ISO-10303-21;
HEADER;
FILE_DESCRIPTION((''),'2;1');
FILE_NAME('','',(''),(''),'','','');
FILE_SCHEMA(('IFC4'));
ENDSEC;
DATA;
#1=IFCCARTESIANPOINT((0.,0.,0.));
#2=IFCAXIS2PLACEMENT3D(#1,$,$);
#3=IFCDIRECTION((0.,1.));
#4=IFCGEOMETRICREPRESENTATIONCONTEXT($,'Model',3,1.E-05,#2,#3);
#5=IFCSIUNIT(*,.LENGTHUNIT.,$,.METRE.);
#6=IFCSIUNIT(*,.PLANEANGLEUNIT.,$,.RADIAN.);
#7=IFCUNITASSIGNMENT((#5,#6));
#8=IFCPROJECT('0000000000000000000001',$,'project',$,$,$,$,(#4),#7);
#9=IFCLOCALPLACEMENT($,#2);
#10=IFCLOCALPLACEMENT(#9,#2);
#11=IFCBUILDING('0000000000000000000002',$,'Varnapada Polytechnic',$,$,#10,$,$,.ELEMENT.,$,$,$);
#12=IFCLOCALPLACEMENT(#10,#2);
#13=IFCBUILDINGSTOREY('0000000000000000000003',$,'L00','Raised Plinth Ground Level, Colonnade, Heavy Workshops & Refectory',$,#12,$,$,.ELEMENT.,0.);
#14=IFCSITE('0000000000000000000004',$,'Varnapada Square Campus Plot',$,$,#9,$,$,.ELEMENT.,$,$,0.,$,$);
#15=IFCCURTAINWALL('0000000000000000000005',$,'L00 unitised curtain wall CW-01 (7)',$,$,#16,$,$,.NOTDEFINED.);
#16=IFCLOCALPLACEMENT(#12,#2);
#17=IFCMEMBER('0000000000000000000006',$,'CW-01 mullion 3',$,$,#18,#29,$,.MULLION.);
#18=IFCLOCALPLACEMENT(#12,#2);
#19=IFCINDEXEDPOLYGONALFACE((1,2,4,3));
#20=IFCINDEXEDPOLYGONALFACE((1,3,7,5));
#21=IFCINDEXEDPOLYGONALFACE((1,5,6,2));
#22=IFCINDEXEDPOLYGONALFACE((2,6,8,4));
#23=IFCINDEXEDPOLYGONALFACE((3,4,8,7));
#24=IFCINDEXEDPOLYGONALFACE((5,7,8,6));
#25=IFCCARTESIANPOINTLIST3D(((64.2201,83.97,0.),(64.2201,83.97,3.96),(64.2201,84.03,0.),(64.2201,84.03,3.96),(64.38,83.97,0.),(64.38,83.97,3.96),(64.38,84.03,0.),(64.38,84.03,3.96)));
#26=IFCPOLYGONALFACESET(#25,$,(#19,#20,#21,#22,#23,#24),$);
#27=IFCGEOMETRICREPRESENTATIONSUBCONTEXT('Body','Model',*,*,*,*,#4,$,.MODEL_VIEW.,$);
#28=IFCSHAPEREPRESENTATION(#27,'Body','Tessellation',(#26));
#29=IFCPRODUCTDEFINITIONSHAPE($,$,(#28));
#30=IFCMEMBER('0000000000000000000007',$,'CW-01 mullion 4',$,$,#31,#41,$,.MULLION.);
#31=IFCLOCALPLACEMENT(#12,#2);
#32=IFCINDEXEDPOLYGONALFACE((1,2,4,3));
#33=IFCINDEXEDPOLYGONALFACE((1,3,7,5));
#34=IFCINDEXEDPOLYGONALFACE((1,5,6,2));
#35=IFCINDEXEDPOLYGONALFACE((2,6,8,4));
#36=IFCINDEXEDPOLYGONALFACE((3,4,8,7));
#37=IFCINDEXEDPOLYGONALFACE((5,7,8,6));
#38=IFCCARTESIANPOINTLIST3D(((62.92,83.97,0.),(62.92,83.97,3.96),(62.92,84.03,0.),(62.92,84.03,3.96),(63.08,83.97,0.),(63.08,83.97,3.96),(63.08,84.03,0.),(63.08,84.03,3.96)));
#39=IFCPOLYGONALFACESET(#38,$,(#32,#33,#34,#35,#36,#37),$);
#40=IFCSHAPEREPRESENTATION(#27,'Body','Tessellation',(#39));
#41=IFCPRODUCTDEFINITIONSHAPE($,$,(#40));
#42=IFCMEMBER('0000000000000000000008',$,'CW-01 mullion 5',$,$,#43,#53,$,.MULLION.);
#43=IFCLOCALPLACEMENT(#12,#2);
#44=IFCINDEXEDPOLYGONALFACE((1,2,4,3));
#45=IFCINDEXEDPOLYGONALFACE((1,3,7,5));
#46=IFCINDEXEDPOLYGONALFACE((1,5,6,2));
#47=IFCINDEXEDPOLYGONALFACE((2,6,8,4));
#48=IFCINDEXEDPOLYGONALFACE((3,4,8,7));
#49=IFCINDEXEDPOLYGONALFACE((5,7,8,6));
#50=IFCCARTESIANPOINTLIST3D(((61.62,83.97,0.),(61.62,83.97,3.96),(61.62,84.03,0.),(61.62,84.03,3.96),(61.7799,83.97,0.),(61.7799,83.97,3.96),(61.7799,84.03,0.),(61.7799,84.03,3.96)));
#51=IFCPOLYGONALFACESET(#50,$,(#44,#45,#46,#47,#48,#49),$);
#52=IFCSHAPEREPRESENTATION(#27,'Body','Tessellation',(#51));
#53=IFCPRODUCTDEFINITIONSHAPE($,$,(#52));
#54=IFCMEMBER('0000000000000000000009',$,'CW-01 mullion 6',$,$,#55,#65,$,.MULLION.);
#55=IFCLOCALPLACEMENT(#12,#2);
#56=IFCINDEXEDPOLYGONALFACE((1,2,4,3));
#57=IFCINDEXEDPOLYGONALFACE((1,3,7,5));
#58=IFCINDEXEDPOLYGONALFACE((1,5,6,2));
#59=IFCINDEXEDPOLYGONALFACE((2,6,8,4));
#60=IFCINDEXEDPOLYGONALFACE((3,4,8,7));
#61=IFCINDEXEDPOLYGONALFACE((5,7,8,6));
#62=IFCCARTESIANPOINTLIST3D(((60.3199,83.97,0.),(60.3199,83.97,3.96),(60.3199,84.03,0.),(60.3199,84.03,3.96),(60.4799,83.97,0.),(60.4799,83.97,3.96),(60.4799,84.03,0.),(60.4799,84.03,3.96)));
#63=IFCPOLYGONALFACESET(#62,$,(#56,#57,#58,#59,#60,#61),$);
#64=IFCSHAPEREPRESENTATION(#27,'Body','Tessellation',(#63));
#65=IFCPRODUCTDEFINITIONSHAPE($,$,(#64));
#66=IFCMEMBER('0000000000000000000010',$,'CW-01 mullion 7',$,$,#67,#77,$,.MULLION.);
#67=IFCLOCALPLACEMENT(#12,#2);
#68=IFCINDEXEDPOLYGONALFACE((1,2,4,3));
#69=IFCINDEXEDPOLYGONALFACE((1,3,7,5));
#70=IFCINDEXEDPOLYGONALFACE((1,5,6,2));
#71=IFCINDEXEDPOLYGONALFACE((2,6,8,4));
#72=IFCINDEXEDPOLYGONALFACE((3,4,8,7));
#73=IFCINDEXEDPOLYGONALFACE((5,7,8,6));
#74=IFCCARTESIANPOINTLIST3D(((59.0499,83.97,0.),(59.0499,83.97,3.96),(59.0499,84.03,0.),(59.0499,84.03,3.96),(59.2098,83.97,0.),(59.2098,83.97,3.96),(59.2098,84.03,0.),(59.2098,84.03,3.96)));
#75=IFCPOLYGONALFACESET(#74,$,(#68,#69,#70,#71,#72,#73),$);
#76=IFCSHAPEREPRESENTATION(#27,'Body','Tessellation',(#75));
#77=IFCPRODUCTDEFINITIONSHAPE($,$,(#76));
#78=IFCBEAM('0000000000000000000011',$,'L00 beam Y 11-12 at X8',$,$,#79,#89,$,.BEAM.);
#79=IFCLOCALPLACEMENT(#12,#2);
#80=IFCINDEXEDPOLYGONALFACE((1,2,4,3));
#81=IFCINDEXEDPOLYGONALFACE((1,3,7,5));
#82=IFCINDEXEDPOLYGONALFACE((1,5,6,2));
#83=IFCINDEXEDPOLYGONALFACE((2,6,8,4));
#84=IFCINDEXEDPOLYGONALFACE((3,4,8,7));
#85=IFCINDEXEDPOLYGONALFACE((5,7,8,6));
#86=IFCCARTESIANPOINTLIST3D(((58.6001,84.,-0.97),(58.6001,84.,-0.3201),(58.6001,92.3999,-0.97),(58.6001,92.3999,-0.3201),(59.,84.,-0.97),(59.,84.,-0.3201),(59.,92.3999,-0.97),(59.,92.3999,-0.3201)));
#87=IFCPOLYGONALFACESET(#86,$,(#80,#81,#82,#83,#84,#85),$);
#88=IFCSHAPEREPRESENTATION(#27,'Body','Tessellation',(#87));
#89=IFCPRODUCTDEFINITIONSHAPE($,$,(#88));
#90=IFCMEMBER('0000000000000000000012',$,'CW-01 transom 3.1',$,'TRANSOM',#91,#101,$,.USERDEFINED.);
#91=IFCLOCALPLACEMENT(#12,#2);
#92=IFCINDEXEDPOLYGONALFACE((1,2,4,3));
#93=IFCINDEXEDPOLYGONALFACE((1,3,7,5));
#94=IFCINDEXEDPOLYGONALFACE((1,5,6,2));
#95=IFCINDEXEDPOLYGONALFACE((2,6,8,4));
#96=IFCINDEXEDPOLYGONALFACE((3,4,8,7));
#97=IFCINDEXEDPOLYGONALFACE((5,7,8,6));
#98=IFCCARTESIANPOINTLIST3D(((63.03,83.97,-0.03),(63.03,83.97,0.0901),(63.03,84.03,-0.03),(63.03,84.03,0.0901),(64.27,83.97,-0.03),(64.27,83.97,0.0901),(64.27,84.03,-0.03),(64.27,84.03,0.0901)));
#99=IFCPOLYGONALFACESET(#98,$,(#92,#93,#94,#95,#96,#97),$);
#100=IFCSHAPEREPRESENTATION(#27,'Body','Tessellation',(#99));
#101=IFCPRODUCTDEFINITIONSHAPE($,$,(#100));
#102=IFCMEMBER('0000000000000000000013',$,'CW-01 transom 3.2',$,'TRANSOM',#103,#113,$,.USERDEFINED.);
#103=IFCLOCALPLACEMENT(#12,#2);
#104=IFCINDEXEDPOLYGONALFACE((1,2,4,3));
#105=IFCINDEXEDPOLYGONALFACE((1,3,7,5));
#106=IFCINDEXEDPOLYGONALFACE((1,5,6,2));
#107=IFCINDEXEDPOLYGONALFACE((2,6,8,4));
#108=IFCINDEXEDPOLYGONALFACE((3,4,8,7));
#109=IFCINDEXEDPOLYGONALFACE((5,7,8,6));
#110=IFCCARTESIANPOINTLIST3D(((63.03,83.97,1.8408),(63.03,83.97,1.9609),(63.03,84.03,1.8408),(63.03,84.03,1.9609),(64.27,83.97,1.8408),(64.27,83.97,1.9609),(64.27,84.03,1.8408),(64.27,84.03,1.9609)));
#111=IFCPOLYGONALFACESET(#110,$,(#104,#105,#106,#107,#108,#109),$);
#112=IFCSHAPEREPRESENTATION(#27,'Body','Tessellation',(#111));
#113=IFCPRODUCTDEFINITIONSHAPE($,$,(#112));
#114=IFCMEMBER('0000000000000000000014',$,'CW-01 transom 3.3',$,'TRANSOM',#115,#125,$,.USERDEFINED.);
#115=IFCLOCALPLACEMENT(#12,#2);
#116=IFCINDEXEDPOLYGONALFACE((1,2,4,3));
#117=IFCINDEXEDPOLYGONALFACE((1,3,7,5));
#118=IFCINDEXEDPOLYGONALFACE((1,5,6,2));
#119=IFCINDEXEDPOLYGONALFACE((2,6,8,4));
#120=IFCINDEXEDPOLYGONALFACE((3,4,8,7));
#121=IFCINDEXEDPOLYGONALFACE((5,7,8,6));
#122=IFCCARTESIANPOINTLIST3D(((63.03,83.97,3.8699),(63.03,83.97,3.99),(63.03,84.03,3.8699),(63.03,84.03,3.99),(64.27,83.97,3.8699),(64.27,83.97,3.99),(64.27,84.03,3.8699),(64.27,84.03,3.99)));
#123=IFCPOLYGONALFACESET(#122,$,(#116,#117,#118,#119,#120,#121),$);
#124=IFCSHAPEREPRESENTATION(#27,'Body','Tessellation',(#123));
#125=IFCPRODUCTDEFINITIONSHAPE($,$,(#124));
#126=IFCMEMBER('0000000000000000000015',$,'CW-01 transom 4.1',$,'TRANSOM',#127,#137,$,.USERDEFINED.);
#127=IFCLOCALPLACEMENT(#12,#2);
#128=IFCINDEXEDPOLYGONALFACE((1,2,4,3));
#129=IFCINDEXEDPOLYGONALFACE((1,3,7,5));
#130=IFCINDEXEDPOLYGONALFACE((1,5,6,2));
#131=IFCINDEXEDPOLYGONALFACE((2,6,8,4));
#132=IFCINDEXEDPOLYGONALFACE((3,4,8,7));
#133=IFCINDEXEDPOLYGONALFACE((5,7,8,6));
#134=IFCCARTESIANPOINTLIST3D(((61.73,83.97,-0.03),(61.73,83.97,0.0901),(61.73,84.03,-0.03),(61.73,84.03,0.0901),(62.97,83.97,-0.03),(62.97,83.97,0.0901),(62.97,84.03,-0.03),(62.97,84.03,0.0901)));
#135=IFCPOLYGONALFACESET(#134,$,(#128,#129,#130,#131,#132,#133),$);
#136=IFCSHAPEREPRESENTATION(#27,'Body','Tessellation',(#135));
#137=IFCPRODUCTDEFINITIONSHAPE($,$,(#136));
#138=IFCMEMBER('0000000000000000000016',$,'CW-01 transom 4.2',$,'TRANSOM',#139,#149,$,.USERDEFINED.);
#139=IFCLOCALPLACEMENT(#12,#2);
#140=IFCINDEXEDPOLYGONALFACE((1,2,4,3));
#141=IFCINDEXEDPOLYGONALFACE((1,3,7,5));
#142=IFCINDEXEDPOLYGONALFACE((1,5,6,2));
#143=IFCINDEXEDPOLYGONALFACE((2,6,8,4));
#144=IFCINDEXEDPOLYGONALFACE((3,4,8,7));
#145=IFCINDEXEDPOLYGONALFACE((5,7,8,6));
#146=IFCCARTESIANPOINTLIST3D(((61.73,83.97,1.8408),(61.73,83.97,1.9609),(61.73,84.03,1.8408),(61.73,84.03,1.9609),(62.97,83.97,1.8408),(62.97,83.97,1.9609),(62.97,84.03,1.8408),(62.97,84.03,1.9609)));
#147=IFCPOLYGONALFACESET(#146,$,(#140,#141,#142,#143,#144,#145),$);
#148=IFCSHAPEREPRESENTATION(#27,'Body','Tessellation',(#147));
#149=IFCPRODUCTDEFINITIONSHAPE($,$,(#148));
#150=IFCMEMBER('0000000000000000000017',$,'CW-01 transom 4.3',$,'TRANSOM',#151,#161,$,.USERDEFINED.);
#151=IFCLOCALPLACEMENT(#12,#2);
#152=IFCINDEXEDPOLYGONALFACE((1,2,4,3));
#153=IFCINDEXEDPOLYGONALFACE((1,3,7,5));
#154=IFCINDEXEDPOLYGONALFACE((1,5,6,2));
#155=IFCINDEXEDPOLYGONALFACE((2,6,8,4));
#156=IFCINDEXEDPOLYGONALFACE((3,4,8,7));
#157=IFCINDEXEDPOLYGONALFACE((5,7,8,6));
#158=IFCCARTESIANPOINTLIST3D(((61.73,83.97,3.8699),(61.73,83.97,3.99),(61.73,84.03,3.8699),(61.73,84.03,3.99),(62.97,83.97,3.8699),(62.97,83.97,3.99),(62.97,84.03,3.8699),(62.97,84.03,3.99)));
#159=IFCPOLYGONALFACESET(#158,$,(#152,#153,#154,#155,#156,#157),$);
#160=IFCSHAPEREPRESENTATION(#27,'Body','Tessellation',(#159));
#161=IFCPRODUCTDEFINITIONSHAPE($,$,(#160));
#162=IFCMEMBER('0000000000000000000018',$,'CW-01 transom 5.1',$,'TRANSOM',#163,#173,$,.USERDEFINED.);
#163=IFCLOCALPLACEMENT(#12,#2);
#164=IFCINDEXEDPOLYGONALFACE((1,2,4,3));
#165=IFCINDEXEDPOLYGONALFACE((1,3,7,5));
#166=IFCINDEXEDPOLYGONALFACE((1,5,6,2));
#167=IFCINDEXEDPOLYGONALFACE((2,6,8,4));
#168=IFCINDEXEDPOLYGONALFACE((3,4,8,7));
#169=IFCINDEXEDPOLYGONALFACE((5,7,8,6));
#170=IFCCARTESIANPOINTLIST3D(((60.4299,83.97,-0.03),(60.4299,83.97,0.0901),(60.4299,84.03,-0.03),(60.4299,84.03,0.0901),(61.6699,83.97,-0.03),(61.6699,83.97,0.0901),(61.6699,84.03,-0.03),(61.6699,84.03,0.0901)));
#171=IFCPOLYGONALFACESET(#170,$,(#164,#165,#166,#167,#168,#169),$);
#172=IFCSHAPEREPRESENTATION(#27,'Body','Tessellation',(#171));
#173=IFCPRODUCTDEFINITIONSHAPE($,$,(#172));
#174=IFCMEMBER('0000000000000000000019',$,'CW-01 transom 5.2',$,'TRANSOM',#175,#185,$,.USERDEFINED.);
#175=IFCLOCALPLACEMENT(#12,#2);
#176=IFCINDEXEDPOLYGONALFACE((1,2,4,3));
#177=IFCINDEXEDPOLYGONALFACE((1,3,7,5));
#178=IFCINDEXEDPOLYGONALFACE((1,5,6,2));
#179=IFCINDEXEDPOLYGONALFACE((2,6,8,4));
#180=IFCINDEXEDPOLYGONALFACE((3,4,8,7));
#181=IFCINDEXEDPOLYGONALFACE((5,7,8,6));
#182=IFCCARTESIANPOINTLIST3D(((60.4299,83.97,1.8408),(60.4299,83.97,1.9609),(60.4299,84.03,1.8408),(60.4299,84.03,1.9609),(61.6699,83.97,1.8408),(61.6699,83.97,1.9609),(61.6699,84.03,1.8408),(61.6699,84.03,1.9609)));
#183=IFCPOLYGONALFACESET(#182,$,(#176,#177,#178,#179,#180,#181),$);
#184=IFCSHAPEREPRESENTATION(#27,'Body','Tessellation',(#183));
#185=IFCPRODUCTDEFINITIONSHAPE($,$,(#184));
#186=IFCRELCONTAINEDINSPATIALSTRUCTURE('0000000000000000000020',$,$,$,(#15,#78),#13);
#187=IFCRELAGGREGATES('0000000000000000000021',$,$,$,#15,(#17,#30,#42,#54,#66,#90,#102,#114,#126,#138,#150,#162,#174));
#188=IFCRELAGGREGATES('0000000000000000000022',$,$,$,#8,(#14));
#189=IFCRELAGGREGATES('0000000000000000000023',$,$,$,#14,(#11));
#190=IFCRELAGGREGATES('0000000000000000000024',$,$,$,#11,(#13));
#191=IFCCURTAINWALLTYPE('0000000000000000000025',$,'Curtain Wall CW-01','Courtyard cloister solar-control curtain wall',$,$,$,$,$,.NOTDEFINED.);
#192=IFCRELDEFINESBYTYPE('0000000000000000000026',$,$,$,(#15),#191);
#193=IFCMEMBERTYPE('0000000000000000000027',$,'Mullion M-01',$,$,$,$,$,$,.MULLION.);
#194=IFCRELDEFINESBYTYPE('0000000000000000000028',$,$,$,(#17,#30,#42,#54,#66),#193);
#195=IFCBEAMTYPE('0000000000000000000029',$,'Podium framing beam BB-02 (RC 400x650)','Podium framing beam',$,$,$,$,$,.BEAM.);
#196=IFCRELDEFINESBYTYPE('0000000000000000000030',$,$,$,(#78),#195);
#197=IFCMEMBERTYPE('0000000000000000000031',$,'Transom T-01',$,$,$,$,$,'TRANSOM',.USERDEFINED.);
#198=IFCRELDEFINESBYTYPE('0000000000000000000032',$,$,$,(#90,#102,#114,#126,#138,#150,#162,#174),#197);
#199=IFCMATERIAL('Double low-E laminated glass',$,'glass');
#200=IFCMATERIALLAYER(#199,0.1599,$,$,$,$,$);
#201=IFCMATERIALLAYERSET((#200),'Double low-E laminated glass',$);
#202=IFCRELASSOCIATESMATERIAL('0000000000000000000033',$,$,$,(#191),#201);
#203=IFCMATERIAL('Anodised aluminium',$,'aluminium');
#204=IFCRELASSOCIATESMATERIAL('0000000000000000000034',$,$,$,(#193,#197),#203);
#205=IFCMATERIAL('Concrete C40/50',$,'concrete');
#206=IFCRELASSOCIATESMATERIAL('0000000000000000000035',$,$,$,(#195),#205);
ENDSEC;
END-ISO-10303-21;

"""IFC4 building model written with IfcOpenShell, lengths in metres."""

from ifc_helpers import new_model, si_unit, direction, frame, origin, origin_2d, place, context, subcontext, project, spatial, rectangle, extrude, material, layer, layer_set, material_profile, profile_set, type_object, element, aggregate, save


model = new_model("IFC4")

# Units and contexts
model_context = context("Model", 3, precision=1e-05, world=origin(), true_north=direction((0.0, 1.0)))
body_context = subcontext(model_context, "Body", "Model", "MODEL_VIEW")
ifc_project = project(units=[si_unit("LENGTHUNIT", "METRE"), si_unit("PLANEANGLEUNIT", "RADIAN")], contexts=[model_context])

# Site, building, storey
site_placement = place(None, origin())
site = spatial("IfcSite", under=ifc_project, at=site_placement, Name="Varnapada Square Campus Plot", CompositionType="ELEMENT", RefElevation=0.0)
building_placement = place(site_placement, origin())
building = spatial("IfcBuilding", under=site, at=building_placement, Name="Varnapada Polytechnic", CompositionType="ELEMENT")
storey_placement = place(building_placement, origin())
storey = spatial("IfcBuildingStorey", under=building, at=storey_placement, Name="L00", Description="Raised Plinth Ground Level, Colonnade, Heavy Workshops & Refectory", CompositionType="ELEMENT", Elevation=0.0)

# Curtain wall, members
ifc_material_1 = material(Name="Double low-E laminated glass", Category="glass")
ifc_layer_1 = layer(ifc_material_1, 0.1599)
ifc_layer_set_1 = layer_set([ifc_layer_1], Name="Double low-E laminated glass")
curtain_wall_type = type_object("IfcCurtainWallType", Name="Curtain Wall CW-01", Description="Courtyard cloister solar-control curtain wall", PredefinedType="NOTDEFINED", material=ifc_layer_set_1)
curtain_wall_placement = place(storey_placement, origin())
curtain_wall = element("IfcCurtainWall", 1, at=curtain_wall_placement, inside=storey, type_object=curtain_wall_type, Name="L00 unitised curtain wall CW-01 (7)", PredefinedType="NOTDEFINED")
ifc_material_2 = material(Name="Anodised aluminium", Category="aluminium")
ifc_material_profile_1 = material_profile(ifc_material_2, rectangle(XDim=0.0601, YDim=0.1599, at=origin_2d()), Name="ALU M60x160")
ifc_profile_set_1 = profile_set([ifc_material_profile_1], Name="Anodised aluminium")
member_type_1 = type_object("IfcMemberType", Name="Mullion M-01", PredefinedType="MULLION", material=ifc_profile_set_1)
member_1_placement = place(storey_placement, frame((64.3, 84.0, 0.0), z_axis=(0.0, 0.0, 1.0), x_axis=(0.0, -1.0, 0.0)))
member_1 = element("IfcMember", 2, at=member_1_placement, type_object=member_type_1, Name="CW-01 mullion 3", PredefinedType="MULLION", context=body_context, shape_type="SweptSolid", body=[
    extrude(rectangle(XDim=0.0601, YDim=0.1599, at=origin_2d()), origin(), (0.0, 0.0, 1.0), 3.96),
])
member_2_placement = place(storey_placement, frame((63.0, 84.0, 0.0), z_axis=(0.0, 0.0, 1.0), x_axis=(0.0, -1.0, 0.0)))
member_2 = element("IfcMember", 3, at=member_2_placement, type_object=member_type_1, Name="CW-01 mullion 4", PredefinedType="MULLION", context=body_context, shape_type="SweptSolid", body=[
    extrude(rectangle(XDim=0.0601, YDim=0.1599, at=origin_2d()), origin(), (0.0, 0.0, 1.0), 3.96),
])
member_3_placement = place(storey_placement, frame((61.7, 84.0, 0.0), z_axis=(0.0, 0.0, 1.0), x_axis=(0.0, -1.0, 0.0)))
member_3 = element("IfcMember", 4, at=member_3_placement, type_object=member_type_1, Name="CW-01 mullion 5", PredefinedType="MULLION", context=body_context, shape_type="SweptSolid", body=[
    extrude(rectangle(XDim=0.0601, YDim=0.1599, at=origin_2d()), origin(), (0.0, 0.0, 1.0), 3.96),
])
member_4_placement = place(storey_placement, frame((60.3999, 84.0, 0.0), z_axis=(0.0, 0.0, 1.0), x_axis=(0.0, -1.0, 0.0)))
member_4 = element("IfcMember", 5, at=member_4_placement, type_object=member_type_1, Name="CW-01 mullion 6", PredefinedType="MULLION", context=body_context, shape_type="SweptSolid", body=[
    extrude(rectangle(XDim=0.0601, YDim=0.1599, at=origin_2d()), origin(), (0.0, 0.0, 1.0), 3.96),
])
member_5_placement = place(storey_placement, frame((59.1299, 84.0, 0.0), z_axis=(0.0, 0.0, 1.0), x_axis=(0.0, -1.0, 0.0)))
member_5 = element("IfcMember", 6, at=member_5_placement, type_object=member_type_1, Name="CW-01 mullion 7", PredefinedType="MULLION", context=body_context, shape_type="SweptSolid", body=[
    extrude(rectangle(XDim=0.0601, YDim=0.1599, at=origin_2d()), origin(), (0.0, 0.0, 1.0), 3.96),
])

# Beam
ifc_material_3 = material(Name="Concrete C40/50", Category="concrete")
ifc_material_profile_2 = material_profile(ifc_material_3, rectangle(XDim=0.3999, YDim=0.6499, at=origin_2d()), Name="RC 400x650")
ifc_profile_set_2 = profile_set([ifc_material_profile_2], Name="Concrete C40/50")
beam_type_1 = type_object("IfcBeamType", Name="Podium framing beam BB-02 (RC 400x650)", Description="Podium framing beam", PredefinedType="BEAM", material=ifc_profile_set_2)
beam_1_placement = place(storey_placement, frame((58.8, 84.0, -0.645), z_axis=(0.0, 1.0, 0.0), x_axis=(-1.0, 0.0, 0.0)))
element("IfcBeam", 7, at=beam_1_placement, inside=storey, type_object=beam_type_1, Name="L00 beam Y 11-12 at X8", PredefinedType="BEAM", context=body_context, shape_type="SweptSolid", body=[
    extrude(rectangle(XDim=0.3999, YDim=0.6499, at=origin_2d()), origin(), (0.0, 0.0, 1.0), 8.3999),
])

# Members
ifc_material_profile_3 = material_profile(ifc_material_2, rectangle(XDim=0.0601, YDim=0.1201, at=origin_2d()), Name="ALU T60x120")
ifc_profile_set_3 = profile_set([ifc_material_profile_3], Name="Anodised aluminium")
member_type_2 = type_object("IfcMemberType", Name="Transom T-01", ElementType="TRANSOM", PredefinedType="USERDEFINED", material=ifc_profile_set_3)
member_6_placement = place(storey_placement, frame((64.27, 84.0, 0.03), z_axis=(-1.0, 0.0, 0.0), x_axis=(0.0, -1.0, 0.0)))
member_6 = element("IfcMember", 8, at=member_6_placement, type_object=member_type_2, Name="CW-01 transom 3.1", ObjectType="TRANSOM", PredefinedType="USERDEFINED", context=body_context, shape_type="SweptSolid", body=[
    extrude(rectangle(XDim=0.0601, YDim=0.1201, at=origin_2d()), origin(), (0.0, 0.0, 1.0), 1.24),
])
member_7_placement = place(storey_placement, frame((64.27, 84.0, 1.9009), z_axis=(-1.0, 0.0, 0.0), x_axis=(0.0, -1.0, 0.0)))
member_7 = element("IfcMember", 9, at=member_7_placement, type_object=member_type_2, Name="CW-01 transom 3.2", ObjectType="TRANSOM", PredefinedType="USERDEFINED", context=body_context, shape_type="SweptSolid", body=[
    extrude(rectangle(XDim=0.0601, YDim=0.1201, at=origin_2d()), origin(), (0.0, 0.0, 1.0), 1.24),
])
member_8_placement = place(storey_placement, frame((64.27, 84.0, 3.9299), z_axis=(-1.0, 0.0, 0.0), x_axis=(0.0, -1.0, 0.0)))
member_8 = element("IfcMember", 10, at=member_8_placement, type_object=member_type_2, Name="CW-01 transom 3.3", ObjectType="TRANSOM", PredefinedType="USERDEFINED", context=body_context, shape_type="SweptSolid", body=[
    extrude(rectangle(XDim=0.0601, YDim=0.1201, at=origin_2d()), origin(), (0.0, 0.0, 1.0), 1.24),
])
member_9_placement = place(storey_placement, frame((62.97, 84.0, 0.03), z_axis=(-1.0, 0.0, 0.0), x_axis=(0.0, -1.0, 0.0)))
member_9 = element("IfcMember", 11, at=member_9_placement, type_object=member_type_2, Name="CW-01 transom 4.1", ObjectType="TRANSOM", PredefinedType="USERDEFINED", context=body_context, shape_type="SweptSolid", body=[
    extrude(rectangle(XDim=0.0601, YDim=0.1201, at=origin_2d()), origin(), (0.0, 0.0, 1.0), 1.24),
])
member_10_placement = place(storey_placement, frame((62.97, 84.0, 1.9009), z_axis=(-1.0, 0.0, 0.0), x_axis=(0.0, -1.0, 0.0)))
member_10 = element("IfcMember", 12, at=member_10_placement, type_object=member_type_2, Name="CW-01 transom 4.2", ObjectType="TRANSOM", PredefinedType="USERDEFINED", context=body_context, shape_type="SweptSolid", body=[
    extrude(rectangle(XDim=0.0601, YDim=0.1201, at=origin_2d()), origin(), (0.0, 0.0, 1.0), 1.24),
])
member_11_placement = place(storey_placement, frame((62.97, 84.0, 3.9299), z_axis=(-1.0, 0.0, 0.0), x_axis=(0.0, -1.0, 0.0)))
member_11 = element("IfcMember", 13, at=member_11_placement, type_object=member_type_2, Name="CW-01 transom 4.3", ObjectType="TRANSOM", PredefinedType="USERDEFINED", context=body_context, shape_type="SweptSolid", body=[
    extrude(rectangle(XDim=0.0601, YDim=0.1201, at=origin_2d()), origin(), (0.0, 0.0, 1.0), 1.24),
])
member_12_placement = place(storey_placement, frame((61.6699, 84.0, 0.03), z_axis=(-1.0, 0.0, 0.0), x_axis=(0.0, -1.0, 0.0)))
member_12 = element("IfcMember", 14, at=member_12_placement, type_object=member_type_2, Name="CW-01 transom 5.1", ObjectType="TRANSOM", PredefinedType="USERDEFINED", context=body_context, shape_type="SweptSolid", body=[
    extrude(rectangle(XDim=0.0601, YDim=0.1201, at=origin_2d()), origin(), (0.0, 0.0, 1.0), 1.24),
])
member_13_placement = place(storey_placement, frame((61.6699, 84.0, 1.9009), z_axis=(-1.0, 0.0, 0.0), x_axis=(0.0, -1.0, 0.0)))
member_13 = element("IfcMember", 15, at=member_13_placement, type_object=member_type_2, Name="CW-01 transom 5.2", ObjectType="TRANSOM", PredefinedType="USERDEFINED", context=body_context, shape_type="SweptSolid", body=[
    extrude(rectangle(XDim=0.0601, YDim=0.1201, at=origin_2d()), origin(), (0.0, 0.0, 1.0), 1.24),
])

aggregate(curtain_wall, [member_1, member_2, member_3, member_4, member_5, member_6, member_7, member_8, member_9, member_10, member_11, member_12, member_13])

save(model, "model.ifc")
